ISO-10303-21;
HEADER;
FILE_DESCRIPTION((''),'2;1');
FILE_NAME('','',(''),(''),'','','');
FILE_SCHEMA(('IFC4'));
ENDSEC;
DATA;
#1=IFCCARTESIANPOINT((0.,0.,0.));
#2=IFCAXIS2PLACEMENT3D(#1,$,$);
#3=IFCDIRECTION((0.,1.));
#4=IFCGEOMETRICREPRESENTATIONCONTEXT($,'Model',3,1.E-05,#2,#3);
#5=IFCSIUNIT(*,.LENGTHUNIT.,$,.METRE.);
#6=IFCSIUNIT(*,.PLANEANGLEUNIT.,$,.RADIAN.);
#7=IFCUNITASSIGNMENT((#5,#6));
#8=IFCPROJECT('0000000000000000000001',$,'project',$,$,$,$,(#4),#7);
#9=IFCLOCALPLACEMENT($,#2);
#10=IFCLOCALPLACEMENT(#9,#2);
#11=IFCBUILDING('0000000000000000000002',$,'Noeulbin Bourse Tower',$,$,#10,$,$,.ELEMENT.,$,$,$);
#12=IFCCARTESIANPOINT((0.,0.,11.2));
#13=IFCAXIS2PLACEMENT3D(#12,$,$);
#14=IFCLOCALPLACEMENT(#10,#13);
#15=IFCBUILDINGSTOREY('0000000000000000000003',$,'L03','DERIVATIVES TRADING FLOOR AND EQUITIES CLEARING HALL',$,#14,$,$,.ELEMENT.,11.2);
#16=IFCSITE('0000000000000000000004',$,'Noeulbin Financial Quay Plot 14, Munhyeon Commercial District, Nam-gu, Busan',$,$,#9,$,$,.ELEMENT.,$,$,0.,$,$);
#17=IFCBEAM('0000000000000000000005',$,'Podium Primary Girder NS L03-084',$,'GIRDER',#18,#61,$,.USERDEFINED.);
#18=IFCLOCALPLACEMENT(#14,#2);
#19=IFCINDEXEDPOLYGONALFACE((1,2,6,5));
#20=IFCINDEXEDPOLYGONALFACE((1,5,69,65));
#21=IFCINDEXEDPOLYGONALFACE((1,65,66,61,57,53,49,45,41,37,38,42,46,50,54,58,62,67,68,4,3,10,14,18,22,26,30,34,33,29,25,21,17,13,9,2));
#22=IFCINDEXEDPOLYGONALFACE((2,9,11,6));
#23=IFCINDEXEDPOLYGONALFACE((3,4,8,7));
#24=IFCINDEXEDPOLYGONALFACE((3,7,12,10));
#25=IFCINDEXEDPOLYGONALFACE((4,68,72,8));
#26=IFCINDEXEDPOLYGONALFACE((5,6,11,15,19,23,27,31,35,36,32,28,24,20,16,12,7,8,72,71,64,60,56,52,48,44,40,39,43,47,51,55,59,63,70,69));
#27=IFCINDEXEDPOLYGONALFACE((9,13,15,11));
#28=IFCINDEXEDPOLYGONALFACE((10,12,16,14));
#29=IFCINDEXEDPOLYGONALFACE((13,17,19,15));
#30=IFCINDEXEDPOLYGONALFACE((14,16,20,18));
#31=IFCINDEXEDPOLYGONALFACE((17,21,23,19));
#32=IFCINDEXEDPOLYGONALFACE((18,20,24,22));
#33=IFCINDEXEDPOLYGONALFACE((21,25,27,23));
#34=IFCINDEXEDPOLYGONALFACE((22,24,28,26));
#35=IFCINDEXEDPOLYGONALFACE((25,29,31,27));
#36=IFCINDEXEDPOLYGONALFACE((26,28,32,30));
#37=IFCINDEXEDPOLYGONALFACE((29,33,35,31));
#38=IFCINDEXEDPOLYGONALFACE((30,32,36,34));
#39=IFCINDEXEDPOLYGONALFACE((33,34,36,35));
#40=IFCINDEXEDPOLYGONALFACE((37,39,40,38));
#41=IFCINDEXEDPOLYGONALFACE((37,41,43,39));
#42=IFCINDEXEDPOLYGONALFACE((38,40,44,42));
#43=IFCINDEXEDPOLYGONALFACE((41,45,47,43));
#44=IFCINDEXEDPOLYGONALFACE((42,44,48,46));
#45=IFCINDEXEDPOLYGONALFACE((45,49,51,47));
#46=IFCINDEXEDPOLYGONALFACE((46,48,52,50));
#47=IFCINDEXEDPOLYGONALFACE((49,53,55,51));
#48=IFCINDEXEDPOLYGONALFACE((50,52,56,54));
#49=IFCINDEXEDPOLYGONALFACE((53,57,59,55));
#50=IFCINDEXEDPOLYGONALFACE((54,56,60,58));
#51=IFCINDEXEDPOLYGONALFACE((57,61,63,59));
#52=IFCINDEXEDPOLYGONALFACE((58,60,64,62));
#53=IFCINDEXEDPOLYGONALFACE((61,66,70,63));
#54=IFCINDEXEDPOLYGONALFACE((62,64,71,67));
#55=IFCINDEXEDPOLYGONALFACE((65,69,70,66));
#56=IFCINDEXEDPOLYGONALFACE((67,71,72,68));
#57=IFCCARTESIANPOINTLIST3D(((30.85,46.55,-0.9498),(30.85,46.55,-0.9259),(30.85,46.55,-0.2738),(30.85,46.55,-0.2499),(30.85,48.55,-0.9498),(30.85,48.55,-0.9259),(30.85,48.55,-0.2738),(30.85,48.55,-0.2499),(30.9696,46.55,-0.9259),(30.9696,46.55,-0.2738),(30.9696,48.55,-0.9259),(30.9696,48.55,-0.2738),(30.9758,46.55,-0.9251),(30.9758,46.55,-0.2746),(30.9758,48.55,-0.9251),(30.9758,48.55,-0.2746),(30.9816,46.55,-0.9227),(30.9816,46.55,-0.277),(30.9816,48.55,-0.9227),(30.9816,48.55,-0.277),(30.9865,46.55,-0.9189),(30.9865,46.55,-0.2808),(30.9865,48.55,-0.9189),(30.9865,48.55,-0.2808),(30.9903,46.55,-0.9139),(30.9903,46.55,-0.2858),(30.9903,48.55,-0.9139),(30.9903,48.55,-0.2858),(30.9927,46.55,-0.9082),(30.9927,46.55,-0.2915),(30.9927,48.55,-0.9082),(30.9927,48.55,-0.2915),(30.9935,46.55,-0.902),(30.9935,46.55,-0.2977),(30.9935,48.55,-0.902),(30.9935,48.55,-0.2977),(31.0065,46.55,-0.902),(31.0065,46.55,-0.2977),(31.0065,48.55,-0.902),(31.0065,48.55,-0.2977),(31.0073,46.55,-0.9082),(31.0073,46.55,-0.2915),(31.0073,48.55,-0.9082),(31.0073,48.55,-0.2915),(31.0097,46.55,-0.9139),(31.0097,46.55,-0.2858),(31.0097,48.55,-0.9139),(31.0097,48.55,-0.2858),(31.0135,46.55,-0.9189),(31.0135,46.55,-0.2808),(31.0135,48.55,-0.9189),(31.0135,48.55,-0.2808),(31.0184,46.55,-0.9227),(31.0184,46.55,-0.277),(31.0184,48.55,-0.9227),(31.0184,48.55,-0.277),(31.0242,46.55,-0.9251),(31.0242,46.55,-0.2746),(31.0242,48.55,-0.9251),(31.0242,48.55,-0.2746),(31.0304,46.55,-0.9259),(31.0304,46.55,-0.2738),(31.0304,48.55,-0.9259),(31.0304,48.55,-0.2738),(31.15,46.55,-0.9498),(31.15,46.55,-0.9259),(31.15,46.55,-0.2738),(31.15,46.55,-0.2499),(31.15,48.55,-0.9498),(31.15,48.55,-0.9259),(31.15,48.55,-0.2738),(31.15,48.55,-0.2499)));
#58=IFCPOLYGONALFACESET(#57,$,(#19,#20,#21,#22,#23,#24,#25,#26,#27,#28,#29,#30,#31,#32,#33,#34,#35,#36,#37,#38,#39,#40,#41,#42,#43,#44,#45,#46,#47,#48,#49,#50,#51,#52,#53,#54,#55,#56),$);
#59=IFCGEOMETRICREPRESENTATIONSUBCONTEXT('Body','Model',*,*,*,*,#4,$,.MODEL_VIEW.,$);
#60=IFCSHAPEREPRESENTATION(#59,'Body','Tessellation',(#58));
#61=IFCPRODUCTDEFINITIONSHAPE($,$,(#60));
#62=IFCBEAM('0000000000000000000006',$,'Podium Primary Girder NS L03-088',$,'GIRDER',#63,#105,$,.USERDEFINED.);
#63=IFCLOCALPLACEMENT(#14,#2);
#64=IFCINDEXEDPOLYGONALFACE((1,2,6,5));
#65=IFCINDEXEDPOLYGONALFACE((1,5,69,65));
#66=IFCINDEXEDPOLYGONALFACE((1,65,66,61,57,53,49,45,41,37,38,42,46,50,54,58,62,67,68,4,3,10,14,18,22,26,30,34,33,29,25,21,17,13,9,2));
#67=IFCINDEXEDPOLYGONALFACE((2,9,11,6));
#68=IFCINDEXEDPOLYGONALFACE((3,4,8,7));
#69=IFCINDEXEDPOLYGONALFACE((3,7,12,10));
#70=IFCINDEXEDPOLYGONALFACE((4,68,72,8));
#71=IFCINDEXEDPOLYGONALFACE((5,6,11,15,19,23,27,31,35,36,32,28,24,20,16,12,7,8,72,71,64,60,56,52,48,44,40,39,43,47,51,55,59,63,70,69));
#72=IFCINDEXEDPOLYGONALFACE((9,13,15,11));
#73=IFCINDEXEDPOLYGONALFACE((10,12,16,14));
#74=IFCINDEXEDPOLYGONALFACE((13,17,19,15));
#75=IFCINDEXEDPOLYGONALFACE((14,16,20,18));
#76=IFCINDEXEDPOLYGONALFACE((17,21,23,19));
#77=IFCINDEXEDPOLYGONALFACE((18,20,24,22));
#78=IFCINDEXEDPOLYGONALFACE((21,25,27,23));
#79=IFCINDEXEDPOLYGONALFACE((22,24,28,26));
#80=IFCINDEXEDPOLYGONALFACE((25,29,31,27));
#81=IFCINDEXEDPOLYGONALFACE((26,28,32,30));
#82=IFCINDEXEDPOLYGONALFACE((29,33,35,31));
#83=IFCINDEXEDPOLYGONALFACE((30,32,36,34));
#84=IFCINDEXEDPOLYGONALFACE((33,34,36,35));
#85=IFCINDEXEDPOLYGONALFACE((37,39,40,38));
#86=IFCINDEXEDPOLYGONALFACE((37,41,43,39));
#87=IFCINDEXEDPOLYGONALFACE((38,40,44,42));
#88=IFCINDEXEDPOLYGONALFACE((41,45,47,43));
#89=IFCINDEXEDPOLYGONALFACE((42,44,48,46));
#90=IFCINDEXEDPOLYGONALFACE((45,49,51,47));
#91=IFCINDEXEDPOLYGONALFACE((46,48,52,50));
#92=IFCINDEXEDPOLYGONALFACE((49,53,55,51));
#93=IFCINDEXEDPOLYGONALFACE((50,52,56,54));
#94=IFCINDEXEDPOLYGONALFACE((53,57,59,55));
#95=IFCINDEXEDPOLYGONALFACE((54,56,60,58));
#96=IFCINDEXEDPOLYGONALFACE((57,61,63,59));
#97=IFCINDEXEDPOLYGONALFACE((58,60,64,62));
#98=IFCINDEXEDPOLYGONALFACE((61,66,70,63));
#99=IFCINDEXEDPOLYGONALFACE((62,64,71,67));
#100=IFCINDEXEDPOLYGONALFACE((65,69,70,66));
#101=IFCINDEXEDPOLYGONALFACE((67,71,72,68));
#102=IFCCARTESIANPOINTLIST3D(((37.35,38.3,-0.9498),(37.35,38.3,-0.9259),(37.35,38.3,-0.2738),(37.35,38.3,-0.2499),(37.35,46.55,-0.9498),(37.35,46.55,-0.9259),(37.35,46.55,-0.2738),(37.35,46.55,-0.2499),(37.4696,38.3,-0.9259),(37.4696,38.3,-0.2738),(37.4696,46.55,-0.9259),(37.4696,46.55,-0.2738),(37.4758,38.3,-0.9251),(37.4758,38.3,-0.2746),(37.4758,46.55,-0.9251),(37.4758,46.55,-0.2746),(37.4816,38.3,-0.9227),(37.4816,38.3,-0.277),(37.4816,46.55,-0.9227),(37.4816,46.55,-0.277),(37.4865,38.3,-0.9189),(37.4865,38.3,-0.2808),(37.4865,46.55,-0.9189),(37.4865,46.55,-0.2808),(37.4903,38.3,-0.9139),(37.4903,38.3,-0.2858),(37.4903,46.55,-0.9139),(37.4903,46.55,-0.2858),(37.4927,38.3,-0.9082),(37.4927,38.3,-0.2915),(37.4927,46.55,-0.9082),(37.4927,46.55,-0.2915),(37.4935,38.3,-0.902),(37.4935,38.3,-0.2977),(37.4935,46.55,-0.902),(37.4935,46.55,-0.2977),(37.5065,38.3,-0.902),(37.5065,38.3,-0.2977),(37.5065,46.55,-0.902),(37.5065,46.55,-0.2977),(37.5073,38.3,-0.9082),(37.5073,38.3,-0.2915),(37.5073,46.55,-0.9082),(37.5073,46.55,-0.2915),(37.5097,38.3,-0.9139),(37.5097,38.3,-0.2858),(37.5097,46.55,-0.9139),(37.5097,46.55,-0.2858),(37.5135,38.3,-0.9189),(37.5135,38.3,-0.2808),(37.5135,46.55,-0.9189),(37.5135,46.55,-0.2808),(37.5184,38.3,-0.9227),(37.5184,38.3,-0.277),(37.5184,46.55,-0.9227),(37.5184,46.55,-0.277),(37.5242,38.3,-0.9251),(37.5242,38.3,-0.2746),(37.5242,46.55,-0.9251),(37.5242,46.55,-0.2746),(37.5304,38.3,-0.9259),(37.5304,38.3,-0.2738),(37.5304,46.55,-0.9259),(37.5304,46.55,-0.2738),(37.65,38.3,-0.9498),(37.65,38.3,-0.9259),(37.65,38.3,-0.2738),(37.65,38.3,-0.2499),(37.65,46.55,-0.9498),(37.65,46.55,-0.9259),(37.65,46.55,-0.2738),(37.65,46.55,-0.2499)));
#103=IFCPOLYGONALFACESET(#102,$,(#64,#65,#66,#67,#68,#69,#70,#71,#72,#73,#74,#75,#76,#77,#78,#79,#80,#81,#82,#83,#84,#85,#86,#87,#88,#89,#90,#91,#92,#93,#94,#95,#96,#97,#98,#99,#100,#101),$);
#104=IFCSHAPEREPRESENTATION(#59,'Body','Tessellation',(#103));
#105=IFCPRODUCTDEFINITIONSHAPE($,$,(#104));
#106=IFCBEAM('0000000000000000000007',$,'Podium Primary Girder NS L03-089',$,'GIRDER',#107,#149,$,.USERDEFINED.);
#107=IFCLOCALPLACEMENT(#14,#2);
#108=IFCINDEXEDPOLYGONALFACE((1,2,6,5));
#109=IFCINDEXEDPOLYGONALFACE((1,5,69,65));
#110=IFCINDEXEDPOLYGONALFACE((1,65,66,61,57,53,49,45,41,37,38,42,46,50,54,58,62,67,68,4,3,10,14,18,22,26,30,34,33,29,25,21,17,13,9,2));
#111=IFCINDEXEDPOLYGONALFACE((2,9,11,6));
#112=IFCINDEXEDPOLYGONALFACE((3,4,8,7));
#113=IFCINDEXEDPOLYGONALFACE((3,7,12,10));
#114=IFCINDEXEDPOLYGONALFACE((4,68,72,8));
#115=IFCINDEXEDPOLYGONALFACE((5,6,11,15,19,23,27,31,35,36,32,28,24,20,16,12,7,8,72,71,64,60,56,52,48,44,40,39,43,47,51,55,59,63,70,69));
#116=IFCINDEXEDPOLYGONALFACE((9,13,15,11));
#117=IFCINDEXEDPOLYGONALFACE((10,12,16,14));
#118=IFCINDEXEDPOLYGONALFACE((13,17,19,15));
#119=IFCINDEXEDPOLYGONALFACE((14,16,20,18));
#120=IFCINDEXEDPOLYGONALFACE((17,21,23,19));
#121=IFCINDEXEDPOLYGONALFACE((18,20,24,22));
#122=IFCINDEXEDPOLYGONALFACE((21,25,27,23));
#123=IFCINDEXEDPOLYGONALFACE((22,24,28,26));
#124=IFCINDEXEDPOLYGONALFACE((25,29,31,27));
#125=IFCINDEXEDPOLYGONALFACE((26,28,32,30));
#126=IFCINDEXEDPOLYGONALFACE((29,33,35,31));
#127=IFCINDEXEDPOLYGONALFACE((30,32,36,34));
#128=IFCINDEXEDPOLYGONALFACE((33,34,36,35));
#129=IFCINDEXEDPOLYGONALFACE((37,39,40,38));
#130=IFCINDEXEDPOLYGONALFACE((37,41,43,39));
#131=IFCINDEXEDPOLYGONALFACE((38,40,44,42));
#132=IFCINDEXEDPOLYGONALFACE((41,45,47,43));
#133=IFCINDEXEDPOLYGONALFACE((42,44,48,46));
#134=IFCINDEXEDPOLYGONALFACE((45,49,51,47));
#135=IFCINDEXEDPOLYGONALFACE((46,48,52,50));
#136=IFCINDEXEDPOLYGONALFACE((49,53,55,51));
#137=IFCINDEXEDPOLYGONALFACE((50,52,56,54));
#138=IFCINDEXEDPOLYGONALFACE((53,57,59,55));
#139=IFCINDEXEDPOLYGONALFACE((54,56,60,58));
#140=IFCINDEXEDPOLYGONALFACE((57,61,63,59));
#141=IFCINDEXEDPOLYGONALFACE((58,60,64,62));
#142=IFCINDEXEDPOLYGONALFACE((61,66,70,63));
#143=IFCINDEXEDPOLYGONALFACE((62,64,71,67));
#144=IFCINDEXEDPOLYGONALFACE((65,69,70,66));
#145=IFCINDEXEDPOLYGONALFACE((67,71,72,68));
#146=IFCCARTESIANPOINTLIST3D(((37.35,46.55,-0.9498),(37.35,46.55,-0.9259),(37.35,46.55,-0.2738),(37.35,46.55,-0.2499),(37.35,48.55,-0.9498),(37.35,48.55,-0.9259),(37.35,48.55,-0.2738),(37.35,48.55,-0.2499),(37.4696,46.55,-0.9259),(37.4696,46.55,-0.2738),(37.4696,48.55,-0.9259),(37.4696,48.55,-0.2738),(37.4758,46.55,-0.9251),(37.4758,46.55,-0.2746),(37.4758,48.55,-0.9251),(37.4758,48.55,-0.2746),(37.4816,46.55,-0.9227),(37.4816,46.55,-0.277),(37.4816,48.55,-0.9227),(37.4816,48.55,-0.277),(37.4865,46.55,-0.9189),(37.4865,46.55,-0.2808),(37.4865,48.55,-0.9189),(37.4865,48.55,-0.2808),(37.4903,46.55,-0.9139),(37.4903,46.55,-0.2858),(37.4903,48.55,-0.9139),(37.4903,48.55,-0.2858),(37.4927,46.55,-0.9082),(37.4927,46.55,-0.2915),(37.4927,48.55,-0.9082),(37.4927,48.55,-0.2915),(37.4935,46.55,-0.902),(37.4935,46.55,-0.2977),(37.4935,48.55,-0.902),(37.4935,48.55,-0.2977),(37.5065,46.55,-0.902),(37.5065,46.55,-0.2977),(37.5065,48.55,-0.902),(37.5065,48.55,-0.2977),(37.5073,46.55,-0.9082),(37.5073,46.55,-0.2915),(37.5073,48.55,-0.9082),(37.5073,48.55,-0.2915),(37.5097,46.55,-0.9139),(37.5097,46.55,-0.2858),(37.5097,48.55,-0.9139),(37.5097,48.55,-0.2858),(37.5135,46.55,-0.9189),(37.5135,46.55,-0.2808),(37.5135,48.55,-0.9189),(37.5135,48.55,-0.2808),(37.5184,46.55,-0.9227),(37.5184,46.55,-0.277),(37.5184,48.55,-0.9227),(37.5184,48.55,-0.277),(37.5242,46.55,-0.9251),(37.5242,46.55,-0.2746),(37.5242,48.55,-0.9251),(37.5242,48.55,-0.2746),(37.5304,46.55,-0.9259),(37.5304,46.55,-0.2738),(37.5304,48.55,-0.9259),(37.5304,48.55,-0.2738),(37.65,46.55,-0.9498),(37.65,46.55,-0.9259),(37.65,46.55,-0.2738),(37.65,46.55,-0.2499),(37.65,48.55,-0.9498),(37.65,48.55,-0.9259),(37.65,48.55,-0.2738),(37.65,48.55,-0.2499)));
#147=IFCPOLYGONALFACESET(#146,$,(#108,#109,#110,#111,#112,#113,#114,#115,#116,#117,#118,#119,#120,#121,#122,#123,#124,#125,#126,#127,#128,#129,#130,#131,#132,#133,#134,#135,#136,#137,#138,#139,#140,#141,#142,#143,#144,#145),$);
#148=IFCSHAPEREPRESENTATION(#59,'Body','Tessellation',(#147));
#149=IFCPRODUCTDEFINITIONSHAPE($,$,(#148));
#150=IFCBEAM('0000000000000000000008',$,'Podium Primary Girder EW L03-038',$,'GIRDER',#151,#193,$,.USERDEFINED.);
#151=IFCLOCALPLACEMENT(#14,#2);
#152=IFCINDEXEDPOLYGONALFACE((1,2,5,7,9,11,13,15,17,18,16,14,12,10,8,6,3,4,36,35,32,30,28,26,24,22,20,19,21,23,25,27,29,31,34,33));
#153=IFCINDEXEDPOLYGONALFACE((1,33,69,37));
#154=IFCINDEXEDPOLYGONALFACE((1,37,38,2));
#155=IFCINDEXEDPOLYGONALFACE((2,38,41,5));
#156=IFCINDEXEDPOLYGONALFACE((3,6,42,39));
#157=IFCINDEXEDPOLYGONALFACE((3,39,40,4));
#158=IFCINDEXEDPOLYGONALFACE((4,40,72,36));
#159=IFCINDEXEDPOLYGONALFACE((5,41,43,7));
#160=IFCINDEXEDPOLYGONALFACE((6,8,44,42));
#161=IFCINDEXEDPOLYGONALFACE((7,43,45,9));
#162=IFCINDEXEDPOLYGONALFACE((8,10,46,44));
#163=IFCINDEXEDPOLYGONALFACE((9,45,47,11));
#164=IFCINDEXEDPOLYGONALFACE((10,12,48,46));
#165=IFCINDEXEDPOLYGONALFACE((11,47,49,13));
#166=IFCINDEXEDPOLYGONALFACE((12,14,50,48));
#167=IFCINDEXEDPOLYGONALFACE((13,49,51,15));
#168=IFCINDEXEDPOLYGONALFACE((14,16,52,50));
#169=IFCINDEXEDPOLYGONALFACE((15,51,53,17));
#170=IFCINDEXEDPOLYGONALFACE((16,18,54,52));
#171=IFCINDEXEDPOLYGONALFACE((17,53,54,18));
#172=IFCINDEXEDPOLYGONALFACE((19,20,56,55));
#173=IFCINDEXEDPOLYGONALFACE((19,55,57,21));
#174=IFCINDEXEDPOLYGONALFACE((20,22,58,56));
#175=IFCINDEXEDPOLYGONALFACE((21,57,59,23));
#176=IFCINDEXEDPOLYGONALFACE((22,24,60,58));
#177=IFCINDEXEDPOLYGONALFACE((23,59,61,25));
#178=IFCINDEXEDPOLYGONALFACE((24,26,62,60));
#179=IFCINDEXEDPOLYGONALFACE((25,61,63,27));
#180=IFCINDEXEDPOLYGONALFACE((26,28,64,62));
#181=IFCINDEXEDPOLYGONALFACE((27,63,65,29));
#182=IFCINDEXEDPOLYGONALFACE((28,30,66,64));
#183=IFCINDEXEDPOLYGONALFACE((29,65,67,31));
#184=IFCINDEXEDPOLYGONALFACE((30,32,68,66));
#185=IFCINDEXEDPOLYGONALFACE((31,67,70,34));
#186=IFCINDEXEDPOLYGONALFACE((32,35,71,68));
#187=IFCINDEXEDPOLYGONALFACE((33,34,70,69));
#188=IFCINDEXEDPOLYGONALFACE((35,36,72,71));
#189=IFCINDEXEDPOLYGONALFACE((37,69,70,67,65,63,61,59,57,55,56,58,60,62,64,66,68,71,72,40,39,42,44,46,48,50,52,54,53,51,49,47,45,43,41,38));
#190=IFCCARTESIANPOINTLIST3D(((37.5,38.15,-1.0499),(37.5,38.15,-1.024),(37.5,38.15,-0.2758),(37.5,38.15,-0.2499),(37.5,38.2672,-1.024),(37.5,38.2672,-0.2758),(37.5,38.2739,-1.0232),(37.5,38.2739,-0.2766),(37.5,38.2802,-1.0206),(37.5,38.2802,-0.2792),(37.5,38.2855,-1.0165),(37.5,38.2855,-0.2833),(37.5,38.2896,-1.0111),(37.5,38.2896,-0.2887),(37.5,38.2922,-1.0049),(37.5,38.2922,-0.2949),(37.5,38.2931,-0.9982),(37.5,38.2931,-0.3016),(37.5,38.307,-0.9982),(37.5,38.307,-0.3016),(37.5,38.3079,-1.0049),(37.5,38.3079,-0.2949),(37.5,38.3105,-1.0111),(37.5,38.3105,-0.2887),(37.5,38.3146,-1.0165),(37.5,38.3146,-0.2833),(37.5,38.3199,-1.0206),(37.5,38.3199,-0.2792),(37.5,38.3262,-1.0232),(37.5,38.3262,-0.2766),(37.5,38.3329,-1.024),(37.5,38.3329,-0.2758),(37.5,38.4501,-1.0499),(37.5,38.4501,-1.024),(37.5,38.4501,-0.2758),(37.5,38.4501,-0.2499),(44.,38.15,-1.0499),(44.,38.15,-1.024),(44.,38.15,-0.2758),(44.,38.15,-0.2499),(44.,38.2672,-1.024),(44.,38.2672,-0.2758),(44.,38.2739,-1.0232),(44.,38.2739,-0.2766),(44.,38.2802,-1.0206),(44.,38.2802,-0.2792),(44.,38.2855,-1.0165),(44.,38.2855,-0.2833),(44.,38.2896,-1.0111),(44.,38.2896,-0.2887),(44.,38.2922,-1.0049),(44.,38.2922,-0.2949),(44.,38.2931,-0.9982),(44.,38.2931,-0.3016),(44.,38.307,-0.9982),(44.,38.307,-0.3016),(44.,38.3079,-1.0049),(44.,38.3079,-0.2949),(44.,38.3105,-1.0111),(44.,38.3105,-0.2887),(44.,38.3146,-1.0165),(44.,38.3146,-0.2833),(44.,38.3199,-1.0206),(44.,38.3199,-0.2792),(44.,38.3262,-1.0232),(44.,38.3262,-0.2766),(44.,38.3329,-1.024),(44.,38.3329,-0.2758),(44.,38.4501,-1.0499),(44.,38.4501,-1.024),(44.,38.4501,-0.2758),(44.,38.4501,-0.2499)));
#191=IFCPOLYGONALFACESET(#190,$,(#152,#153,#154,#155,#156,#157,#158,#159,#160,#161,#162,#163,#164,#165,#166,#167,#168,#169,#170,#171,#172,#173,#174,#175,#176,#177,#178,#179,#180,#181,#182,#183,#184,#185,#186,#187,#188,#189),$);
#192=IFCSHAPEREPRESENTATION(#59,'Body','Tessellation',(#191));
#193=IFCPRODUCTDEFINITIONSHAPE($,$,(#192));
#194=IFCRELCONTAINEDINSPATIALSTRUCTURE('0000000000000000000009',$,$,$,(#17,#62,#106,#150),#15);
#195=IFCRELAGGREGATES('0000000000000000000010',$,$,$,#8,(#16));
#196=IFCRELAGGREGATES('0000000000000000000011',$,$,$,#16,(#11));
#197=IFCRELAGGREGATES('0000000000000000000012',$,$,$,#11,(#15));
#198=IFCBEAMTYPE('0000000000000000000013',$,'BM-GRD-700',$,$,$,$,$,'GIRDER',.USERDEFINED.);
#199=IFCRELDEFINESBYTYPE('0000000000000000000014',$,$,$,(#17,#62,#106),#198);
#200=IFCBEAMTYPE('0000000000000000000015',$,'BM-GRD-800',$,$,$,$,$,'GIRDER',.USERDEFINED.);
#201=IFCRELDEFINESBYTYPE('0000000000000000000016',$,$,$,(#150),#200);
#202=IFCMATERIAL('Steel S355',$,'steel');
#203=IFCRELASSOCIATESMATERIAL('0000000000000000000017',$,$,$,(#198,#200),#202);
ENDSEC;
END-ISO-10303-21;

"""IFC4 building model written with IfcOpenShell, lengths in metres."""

from ifc_helpers import new_model, si_unit, direction, frame, origin, origin_2d, place, context, subcontext, project, spatial, i_section, extrude, material, material_profile, profile_set, type_object, element, save


model = new_model("IFC4")

# Units and contexts
model_context = context("Model", 3, precision=1e-05, world=origin(), true_north=direction((0.0, 1.0)))
body_context = subcontext(model_context, "Body", "Model", "MODEL_VIEW")
ifc_project = project(units=[si_unit("LENGTHUNIT", "METRE"), si_unit("PLANEANGLEUNIT", "RADIAN")], contexts=[model_context])

# Site, building, storey
site_placement = place(None, origin())
site = spatial("IfcSite", under=ifc_project, at=site_placement, Name="Noeulbin Financial Quay Plot 14, Munhyeon Commercial District, Nam-gu, Busan", CompositionType="ELEMENT", RefElevation=0.0)
building_placement = place(site_placement, origin())
building = spatial("IfcBuilding", under=site, at=building_placement, Name="Noeulbin Bourse Tower", CompositionType="ELEMENT")
storey_placement = place(building_placement, frame((0.0, 0.0, 11.2)))
storey = spatial("IfcBuildingStorey", under=building, at=storey_placement, Name="L03", Description="DERIVATIVES TRADING FLOOR AND EQUITIES CLEARING HALL", CompositionType="ELEMENT", Elevation=11.2)

# Beams
ifc_material_1 = material(Name="Steel S355", Category="steel")
ifc_material_profile_1 = material_profile(ifc_material_1, i_section(OverallWidth=0.3, OverallDepth=0.7, WebThickness=0.0129, FlangeThickness=0.0239, FilletRadius=0.0239, at=origin_2d()), Name="H-700x300x13x24", Category="LoadBearing")
ifc_profile_set_1 = profile_set([ifc_material_profile_1], Name="Steel S355")
beam_type_1 = type_object("IfcBeamType", Name="BM-GRD-700", ElementType="GIRDER", PredefinedType="USERDEFINED", material=ifc_profile_set_1)
beam_1_placement = place(storey_placement, frame((31.0, 46.55, -0.5999), z_axis=(0.0, 1.0, 0.0), x_axis=(-1.0, 0.0, 0.0)))
element("IfcBeam", 1, at=beam_1_placement, inside=storey, type_object=beam_type_1, Name="Podium Primary Girder NS L03-084", ObjectType="GIRDER", PredefinedType="USERDEFINED", context=body_context, shape_type="SweptSolid", body=[
    extrude(i_section(OverallWidth=0.3, OverallDepth=0.7, WebThickness=0.0129, FlangeThickness=0.0239, FilletRadius=0.0239, at=origin_2d()), origin(), (0.0, 0.0, 1.0), 2.0),
])
beam_2_placement = place(storey_placement, frame((37.5, 38.3, -0.5999), z_axis=(0.0, 1.0, 0.0), x_axis=(-1.0, 0.0, 0.0)))
element("IfcBeam", 2, at=beam_2_placement, inside=storey, type_object=beam_type_1, Name="Podium Primary Girder NS L03-088", ObjectType="GIRDER", PredefinedType="USERDEFINED", context=body_context, shape_type="SweptSolid", body=[
    extrude(i_section(OverallWidth=0.3, OverallDepth=0.7, WebThickness=0.0129, FlangeThickness=0.0239, FilletRadius=0.0239, at=origin_2d()), origin(), (0.0, 0.0, 1.0), 8.25),
])
beam_3_placement = place(storey_placement, frame((37.5, 46.55, -0.5999), z_axis=(0.0, 1.0, 0.0), x_axis=(-1.0, 0.0, 0.0)))
element("IfcBeam", 3, at=beam_3_placement, inside=storey, type_object=beam_type_1, Name="Podium Primary Girder NS L03-089", ObjectType="GIRDER", PredefinedType="USERDEFINED", context=body_context, shape_type="SweptSolid", body=[
    extrude(i_section(OverallWidth=0.3, OverallDepth=0.7, WebThickness=0.0129, FlangeThickness=0.0239, FilletRadius=0.0239, at=origin_2d()), origin(), (0.0, 0.0, 1.0), 2.0),
])
ifc_material_profile_2 = material_profile(ifc_material_1, i_section(OverallWidth=0.3, OverallDepth=0.8, WebThickness=0.0139, FlangeThickness=0.0259, FilletRadius=0.0259, at=origin_2d()), Name="H-800x300x14x26", Category="LoadBearing")
ifc_profile_set_2 = profile_set([ifc_material_profile_2], Name="Steel S355")
beam_type_2 = type_object("IfcBeamType", Name="BM-GRD-800", ElementType="GIRDER", PredefinedType="USERDEFINED", material=ifc_profile_set_2)
for number, where, z_axis, x_axis, name in (
    (4, (37.5, 38.3, -0.6499), (1.0, 0.0, 0.0), (0.0, 1.0, 0.0), "Podium Primary Girder EW L03-038"),
):
    element("IfcBeam", number, at=place(storey_placement, frame(where, z_axis=z_axis, x_axis=x_axis)), inside=storey, type_object=beam_type_2, Name=name, ObjectType="GIRDER", PredefinedType="USERDEFINED", context=body_context, shape_type="SweptSolid", body=[
        extrude(i_section(OverallWidth=0.3, OverallDepth=0.8, WebThickness=0.0139, FlangeThickness=0.0259, FilletRadius=0.0259, at=origin_2d()), origin(), (0.0, 0.0, 1.0), 6.5),
    ])

save(model, "model.ifc")
